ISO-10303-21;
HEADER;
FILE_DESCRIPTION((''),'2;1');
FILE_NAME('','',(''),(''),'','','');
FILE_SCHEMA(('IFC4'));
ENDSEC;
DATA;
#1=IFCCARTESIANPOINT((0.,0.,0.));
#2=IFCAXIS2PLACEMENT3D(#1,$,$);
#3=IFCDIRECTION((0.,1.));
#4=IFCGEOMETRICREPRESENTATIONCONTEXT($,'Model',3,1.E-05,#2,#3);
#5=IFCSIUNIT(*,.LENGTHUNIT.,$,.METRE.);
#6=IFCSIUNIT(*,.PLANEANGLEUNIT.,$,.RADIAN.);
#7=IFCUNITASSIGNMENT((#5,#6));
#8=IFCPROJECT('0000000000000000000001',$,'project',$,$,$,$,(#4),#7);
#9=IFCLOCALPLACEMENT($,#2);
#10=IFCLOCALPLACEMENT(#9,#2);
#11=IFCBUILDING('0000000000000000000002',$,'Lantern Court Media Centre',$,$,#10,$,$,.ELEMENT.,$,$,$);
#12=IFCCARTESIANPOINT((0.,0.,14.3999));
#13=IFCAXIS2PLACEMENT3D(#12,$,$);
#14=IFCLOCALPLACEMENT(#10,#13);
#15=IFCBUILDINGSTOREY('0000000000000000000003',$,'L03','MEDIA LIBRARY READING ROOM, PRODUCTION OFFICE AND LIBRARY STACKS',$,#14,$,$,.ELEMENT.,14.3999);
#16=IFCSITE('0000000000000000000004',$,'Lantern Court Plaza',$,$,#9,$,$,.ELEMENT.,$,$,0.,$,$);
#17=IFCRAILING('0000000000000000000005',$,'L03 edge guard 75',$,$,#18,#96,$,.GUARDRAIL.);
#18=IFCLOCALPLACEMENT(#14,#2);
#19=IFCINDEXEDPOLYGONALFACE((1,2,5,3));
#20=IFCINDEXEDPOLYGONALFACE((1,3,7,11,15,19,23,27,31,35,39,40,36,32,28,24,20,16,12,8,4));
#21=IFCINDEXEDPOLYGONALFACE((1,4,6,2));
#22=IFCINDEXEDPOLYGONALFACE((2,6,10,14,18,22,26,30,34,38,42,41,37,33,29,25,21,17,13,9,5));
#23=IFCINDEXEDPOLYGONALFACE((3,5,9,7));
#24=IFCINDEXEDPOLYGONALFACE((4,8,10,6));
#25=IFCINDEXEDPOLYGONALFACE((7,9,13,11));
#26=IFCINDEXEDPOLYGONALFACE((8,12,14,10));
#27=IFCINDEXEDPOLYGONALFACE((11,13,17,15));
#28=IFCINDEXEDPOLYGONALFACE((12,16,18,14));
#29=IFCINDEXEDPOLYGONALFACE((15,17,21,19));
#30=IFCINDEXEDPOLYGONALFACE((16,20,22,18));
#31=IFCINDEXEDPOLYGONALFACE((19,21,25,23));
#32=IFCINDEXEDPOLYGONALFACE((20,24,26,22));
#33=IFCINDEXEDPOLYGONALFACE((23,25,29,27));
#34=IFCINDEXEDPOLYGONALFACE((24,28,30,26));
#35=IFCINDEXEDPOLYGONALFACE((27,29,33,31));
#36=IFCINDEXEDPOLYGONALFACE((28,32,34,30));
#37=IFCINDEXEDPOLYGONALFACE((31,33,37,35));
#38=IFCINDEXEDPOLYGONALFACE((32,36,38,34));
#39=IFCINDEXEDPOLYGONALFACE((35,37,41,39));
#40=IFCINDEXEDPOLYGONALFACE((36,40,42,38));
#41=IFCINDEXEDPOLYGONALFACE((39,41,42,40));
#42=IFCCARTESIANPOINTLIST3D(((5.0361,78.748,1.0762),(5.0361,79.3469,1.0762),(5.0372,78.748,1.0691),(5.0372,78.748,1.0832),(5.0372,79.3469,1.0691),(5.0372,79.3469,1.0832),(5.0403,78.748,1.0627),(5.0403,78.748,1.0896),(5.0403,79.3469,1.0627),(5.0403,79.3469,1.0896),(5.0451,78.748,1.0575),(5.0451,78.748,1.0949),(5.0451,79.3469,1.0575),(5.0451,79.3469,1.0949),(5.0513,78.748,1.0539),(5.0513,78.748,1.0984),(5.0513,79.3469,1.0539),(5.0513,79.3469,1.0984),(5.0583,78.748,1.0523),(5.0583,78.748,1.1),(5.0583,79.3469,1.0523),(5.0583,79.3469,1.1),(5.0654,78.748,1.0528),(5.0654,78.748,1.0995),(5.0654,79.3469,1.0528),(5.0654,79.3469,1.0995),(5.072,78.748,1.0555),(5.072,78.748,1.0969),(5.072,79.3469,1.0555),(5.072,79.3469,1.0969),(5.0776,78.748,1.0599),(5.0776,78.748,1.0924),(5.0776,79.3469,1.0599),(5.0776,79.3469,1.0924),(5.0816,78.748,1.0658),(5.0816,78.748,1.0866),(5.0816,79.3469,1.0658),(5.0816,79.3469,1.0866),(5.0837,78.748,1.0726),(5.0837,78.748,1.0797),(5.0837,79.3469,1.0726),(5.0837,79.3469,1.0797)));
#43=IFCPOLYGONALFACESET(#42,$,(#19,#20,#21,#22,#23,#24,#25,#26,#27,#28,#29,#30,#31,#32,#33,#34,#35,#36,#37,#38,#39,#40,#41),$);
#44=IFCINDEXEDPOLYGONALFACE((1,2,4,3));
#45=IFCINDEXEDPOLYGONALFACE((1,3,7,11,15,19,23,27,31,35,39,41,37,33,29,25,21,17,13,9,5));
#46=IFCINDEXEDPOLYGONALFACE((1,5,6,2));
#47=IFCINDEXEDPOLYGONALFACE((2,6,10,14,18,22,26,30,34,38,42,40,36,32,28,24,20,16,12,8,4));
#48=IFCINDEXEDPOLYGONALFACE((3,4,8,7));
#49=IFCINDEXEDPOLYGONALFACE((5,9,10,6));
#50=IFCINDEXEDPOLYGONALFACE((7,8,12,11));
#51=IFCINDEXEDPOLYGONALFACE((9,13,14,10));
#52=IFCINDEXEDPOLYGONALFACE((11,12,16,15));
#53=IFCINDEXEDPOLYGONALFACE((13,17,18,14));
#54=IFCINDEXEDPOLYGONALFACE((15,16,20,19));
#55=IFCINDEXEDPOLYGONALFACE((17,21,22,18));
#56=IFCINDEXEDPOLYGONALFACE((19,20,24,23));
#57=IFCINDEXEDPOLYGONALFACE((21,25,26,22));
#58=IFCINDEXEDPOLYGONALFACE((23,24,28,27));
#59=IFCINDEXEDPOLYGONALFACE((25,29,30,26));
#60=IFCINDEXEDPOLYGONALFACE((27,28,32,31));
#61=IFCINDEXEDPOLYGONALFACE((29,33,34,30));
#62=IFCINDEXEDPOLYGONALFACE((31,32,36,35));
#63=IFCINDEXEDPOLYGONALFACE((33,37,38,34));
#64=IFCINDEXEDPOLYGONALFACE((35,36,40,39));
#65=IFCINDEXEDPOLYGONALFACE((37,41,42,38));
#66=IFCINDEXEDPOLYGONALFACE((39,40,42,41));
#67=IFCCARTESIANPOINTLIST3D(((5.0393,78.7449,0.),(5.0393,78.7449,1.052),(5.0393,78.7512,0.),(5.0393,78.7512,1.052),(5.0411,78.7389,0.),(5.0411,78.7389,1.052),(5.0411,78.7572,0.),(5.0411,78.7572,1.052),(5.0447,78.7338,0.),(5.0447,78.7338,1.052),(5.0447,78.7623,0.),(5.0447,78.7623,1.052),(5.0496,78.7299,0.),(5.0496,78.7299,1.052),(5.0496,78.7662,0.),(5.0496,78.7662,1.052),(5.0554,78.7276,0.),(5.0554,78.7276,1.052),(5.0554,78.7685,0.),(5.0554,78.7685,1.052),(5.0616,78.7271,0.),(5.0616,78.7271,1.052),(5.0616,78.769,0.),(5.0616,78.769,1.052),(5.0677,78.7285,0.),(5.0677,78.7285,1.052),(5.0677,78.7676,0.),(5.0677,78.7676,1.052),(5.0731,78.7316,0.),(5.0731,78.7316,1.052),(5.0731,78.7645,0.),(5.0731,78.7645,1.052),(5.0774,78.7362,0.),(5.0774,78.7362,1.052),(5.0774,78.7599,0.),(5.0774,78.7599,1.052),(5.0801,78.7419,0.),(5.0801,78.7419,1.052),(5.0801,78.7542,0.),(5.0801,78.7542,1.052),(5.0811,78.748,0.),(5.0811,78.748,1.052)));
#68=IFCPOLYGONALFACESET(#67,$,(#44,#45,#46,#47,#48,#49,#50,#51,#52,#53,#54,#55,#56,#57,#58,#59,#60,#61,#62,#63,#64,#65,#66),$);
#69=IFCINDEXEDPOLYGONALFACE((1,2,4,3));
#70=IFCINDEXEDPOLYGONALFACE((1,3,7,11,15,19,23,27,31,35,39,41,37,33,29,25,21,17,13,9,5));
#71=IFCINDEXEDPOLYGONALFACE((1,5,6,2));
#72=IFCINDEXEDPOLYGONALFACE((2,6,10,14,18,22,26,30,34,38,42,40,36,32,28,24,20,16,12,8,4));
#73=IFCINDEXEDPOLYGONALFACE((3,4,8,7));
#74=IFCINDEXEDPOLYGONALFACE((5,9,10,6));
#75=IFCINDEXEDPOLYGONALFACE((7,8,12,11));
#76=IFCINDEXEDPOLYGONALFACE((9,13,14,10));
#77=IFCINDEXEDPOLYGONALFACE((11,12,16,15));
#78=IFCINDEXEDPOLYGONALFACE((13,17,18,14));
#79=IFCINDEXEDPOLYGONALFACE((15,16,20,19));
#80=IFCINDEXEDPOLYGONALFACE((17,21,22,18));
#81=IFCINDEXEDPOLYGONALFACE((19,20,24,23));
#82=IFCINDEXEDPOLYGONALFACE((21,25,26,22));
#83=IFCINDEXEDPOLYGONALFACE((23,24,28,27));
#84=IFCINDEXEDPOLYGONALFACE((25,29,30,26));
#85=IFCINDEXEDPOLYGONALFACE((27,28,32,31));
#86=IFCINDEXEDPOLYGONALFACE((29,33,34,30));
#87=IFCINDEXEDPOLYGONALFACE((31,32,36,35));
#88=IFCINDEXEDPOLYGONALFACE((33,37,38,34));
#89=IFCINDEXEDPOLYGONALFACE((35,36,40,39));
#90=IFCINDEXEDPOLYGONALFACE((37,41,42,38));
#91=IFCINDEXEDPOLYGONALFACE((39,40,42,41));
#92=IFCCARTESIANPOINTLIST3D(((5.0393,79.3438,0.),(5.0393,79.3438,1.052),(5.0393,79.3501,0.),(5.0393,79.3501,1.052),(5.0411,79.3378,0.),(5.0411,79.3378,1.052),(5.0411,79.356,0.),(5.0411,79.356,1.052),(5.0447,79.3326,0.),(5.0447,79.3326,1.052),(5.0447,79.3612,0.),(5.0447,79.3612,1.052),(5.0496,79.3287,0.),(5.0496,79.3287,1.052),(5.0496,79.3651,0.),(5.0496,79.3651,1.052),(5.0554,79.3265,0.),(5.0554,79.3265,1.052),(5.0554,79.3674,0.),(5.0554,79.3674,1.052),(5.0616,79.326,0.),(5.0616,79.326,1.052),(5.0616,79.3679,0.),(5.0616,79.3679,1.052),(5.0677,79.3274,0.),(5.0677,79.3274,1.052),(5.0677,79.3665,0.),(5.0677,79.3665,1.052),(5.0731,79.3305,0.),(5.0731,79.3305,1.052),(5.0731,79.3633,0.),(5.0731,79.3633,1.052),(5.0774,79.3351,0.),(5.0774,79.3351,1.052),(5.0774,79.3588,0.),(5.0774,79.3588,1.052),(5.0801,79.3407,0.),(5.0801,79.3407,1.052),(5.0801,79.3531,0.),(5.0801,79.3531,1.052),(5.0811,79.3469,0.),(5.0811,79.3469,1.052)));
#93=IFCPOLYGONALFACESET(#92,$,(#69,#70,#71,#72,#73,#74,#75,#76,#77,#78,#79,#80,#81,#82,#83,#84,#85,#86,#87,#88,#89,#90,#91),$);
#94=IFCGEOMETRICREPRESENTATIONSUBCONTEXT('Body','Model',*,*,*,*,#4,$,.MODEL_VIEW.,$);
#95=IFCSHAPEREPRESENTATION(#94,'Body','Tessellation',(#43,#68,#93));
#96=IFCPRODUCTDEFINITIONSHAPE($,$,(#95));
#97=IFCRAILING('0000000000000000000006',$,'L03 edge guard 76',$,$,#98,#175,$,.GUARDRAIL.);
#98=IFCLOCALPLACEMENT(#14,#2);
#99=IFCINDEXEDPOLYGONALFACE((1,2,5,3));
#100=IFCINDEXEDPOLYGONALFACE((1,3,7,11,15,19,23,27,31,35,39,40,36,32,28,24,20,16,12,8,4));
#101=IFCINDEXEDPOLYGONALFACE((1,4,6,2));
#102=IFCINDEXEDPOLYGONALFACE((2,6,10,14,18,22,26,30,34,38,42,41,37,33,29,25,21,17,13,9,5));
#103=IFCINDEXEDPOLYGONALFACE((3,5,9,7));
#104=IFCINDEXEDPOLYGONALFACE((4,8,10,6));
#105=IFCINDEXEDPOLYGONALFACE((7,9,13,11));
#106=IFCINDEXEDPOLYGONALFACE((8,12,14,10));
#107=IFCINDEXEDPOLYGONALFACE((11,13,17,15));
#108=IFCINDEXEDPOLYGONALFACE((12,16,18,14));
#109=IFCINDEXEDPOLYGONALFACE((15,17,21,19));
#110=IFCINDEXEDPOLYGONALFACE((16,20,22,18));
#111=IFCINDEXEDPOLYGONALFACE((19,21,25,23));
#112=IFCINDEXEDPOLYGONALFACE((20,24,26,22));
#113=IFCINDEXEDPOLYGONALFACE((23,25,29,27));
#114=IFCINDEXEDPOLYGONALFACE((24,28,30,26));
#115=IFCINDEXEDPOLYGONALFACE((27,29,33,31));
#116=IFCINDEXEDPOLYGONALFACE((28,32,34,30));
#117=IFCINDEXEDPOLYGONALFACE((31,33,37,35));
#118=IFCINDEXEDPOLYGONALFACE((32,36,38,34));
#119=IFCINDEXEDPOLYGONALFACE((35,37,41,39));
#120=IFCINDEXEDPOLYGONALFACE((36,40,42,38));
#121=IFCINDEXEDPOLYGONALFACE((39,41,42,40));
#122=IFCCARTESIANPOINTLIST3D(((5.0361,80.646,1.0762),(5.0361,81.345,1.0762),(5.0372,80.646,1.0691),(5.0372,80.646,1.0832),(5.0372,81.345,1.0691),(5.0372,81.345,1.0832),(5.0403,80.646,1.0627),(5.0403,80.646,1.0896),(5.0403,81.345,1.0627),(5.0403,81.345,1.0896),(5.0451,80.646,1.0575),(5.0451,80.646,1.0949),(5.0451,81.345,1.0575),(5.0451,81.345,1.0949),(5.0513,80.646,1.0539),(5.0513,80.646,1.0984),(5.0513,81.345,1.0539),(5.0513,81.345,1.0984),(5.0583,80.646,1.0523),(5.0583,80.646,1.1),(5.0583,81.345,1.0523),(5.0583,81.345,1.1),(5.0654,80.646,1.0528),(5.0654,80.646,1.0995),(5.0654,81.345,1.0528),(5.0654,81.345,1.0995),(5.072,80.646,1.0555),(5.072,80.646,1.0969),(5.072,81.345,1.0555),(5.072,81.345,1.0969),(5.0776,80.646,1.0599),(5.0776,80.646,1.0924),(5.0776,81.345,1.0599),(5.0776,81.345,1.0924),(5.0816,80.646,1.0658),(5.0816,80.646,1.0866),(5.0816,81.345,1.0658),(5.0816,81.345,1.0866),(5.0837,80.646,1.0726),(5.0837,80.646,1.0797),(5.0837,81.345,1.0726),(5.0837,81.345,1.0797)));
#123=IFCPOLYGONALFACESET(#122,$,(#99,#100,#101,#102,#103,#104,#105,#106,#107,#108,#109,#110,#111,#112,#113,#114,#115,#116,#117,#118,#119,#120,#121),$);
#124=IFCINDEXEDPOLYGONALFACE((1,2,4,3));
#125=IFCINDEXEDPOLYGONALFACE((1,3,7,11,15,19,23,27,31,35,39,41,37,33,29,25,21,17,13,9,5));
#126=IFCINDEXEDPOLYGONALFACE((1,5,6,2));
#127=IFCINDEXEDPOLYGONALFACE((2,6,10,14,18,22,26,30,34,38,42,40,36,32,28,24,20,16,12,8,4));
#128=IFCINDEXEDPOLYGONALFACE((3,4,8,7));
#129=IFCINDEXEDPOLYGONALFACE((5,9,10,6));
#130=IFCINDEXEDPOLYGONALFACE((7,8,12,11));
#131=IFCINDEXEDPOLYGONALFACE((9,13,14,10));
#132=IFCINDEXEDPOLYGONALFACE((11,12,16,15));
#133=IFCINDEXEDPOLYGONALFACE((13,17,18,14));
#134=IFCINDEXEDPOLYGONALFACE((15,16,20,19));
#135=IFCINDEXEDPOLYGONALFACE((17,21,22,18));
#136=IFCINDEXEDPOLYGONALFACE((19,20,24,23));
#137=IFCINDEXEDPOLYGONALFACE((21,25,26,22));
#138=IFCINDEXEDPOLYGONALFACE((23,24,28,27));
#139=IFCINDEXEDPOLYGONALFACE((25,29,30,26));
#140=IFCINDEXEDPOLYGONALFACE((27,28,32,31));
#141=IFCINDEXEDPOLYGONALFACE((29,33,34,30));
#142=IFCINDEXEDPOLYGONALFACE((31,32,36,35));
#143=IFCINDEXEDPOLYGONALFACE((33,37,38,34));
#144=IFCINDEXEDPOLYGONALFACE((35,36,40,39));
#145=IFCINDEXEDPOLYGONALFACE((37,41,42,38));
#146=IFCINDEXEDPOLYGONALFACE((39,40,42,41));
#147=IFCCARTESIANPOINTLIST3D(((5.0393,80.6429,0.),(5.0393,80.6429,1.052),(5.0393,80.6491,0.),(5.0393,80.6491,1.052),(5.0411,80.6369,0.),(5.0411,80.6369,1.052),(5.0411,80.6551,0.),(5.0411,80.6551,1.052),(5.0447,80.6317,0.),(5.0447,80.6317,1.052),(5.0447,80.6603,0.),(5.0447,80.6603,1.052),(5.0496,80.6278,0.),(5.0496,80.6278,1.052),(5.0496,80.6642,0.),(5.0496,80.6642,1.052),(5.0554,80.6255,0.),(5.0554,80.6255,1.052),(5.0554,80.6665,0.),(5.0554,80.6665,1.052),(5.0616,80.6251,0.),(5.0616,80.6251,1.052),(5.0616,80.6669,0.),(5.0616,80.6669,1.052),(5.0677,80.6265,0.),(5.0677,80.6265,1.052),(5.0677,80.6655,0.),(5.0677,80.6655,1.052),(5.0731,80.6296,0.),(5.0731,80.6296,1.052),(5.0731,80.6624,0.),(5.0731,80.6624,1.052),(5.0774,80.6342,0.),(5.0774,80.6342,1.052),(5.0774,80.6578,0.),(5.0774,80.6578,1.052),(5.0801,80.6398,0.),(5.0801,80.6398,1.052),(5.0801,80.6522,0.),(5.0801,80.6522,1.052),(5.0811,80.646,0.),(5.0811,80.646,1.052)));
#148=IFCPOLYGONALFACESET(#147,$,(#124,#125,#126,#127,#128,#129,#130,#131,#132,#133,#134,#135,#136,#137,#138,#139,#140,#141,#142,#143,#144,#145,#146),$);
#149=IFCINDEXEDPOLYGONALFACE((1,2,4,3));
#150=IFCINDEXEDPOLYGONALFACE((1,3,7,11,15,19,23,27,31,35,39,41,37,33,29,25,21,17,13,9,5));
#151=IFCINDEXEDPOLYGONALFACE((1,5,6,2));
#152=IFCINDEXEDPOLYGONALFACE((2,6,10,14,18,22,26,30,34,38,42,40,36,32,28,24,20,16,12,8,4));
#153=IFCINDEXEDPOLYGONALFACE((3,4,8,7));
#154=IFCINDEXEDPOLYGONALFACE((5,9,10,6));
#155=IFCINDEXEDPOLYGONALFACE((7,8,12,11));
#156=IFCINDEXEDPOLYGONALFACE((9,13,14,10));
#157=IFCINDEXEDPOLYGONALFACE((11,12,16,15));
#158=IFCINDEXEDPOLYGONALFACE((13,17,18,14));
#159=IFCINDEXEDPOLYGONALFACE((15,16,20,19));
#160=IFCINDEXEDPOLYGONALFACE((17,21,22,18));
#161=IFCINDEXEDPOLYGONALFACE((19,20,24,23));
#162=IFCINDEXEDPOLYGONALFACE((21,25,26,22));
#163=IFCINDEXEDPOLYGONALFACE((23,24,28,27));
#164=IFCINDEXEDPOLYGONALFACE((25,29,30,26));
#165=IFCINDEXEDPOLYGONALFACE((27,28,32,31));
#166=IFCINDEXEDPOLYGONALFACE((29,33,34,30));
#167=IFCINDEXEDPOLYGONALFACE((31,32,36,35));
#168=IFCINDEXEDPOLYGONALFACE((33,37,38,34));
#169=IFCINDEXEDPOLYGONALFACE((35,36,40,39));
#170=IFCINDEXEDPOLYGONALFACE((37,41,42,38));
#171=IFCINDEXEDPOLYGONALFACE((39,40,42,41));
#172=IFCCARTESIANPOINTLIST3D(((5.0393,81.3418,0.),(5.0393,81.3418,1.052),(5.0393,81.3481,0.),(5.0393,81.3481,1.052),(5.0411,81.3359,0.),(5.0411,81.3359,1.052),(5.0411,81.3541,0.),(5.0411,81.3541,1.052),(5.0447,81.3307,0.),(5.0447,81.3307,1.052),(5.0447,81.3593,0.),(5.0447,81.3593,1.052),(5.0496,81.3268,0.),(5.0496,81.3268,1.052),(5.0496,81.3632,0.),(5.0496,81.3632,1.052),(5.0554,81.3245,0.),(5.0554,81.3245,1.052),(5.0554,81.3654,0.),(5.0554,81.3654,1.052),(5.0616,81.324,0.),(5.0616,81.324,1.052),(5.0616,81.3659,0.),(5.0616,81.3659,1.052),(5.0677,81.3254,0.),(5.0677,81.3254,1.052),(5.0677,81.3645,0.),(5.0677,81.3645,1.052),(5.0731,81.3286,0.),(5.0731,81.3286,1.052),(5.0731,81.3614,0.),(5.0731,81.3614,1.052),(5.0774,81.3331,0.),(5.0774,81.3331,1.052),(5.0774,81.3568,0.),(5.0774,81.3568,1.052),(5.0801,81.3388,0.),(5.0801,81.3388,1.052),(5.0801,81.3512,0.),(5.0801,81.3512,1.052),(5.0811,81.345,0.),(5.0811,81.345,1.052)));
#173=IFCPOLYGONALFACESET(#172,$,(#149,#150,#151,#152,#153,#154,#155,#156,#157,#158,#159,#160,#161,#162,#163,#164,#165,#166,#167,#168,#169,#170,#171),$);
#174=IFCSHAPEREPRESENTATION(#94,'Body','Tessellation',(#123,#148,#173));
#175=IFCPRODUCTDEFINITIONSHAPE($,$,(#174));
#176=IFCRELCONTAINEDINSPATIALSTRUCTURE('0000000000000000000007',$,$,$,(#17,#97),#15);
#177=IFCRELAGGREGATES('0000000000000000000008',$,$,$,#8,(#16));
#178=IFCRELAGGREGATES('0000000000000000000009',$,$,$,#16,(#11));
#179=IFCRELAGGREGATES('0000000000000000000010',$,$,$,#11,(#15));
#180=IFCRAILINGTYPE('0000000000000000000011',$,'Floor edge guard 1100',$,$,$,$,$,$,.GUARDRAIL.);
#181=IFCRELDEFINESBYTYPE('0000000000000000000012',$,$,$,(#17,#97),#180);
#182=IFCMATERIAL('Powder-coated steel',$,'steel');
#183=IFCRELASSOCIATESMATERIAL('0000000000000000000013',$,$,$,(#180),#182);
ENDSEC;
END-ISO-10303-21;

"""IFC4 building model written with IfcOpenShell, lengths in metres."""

from ifc_helpers import new_model, si_unit, direction, frame, origin, origin_2d, place, context, subcontext, project, spatial, circle, extrude, material, type_object, element, save


model = new_model("IFC4")

# Units and contexts
model_context = context("Model", 3, precision=1e-05, world=origin(), true_north=direction((0.0, 1.0)))
body_context = subcontext(model_context, "Body", "Model", "MODEL_VIEW")
ifc_project = project(units=[si_unit("LENGTHUNIT", "METRE"), si_unit("PLANEANGLEUNIT", "RADIAN")], contexts=[model_context])

# Site, building, storey
site_placement = place(None, origin())
site = spatial("IfcSite", under=ifc_project, at=site_placement, Name="Lantern Court Plaza", CompositionType="ELEMENT", RefElevation=0.0)
building_placement = place(site_placement, origin())
building = spatial("IfcBuilding", under=site, at=building_placement, Name="Lantern Court Media Centre", CompositionType="ELEMENT")
storey_placement = place(building_placement, frame((0.0, 0.0, 14.3999)))
storey = spatial("IfcBuildingStorey", under=building, at=storey_placement, Name="L03", Description="MEDIA LIBRARY READING ROOM, PRODUCTION OFFICE AND LIBRARY STACKS", CompositionType="ELEMENT", Elevation=14.3999)

# Railings
ifc_material_1 = material(Name="Powder-coated steel", Category="steel")
railing_type = type_object("IfcRailingType", Name="Floor edge guard 1100", PredefinedType="GUARDRAIL", material=ifc_material_1)
railing_1_placement = place(storey_placement, frame((5.0601, 78.748, 0.0)))
element("IfcRailing", 1, at=railing_1_placement, inside=storey, type_object=railing_type, Name="L03 edge guard 75", PredefinedType="GUARDRAIL", context=body_context, shape_type="SweptSolid", body=[
    extrude(circle(Radius=0.0239, at=origin_2d()), frame((0.0, 0.0, 1.0762), z_axis=(0.0, 1.0, 0.0), x_axis=(-1.0, 0.0, 0.0)), (0.0, 0.0, 1.0), 0.5989),
    extrude(circle(Radius=0.021, at=origin_2d()), origin(), (0.0, 0.0, 1.0), 1.052),
    extrude(circle(Radius=0.021, at=origin_2d()), frame((0.0, 0.5989, 0.0)), (0.0, 0.0, 1.0), 1.052),
])
railing_2_placement = place(storey_placement, frame((5.0601, 80.646, 0.0)))
element("IfcRailing", 2, at=railing_2_placement, inside=storey, type_object=railing_type, Name="L03 edge guard 76", PredefinedType="GUARDRAIL", context=body_context, shape_type="SweptSolid", body=[
    extrude(circle(Radius=0.0239, at=origin_2d()), frame((0.0, 0.0, 1.0762), z_axis=(0.0, 1.0, 0.0), x_axis=(-1.0, 0.0, 0.0)), (0.0, 0.0, 1.0), 0.699),
    extrude(circle(Radius=0.021, at=origin_2d()), origin(), (0.0, 0.0, 1.0), 1.052),
    extrude(circle(Radius=0.021, at=origin_2d()), frame((0.0, 0.699, 0.0)), (0.0, 0.0, 1.0), 1.052),
])

save(model, "model.ifc")
